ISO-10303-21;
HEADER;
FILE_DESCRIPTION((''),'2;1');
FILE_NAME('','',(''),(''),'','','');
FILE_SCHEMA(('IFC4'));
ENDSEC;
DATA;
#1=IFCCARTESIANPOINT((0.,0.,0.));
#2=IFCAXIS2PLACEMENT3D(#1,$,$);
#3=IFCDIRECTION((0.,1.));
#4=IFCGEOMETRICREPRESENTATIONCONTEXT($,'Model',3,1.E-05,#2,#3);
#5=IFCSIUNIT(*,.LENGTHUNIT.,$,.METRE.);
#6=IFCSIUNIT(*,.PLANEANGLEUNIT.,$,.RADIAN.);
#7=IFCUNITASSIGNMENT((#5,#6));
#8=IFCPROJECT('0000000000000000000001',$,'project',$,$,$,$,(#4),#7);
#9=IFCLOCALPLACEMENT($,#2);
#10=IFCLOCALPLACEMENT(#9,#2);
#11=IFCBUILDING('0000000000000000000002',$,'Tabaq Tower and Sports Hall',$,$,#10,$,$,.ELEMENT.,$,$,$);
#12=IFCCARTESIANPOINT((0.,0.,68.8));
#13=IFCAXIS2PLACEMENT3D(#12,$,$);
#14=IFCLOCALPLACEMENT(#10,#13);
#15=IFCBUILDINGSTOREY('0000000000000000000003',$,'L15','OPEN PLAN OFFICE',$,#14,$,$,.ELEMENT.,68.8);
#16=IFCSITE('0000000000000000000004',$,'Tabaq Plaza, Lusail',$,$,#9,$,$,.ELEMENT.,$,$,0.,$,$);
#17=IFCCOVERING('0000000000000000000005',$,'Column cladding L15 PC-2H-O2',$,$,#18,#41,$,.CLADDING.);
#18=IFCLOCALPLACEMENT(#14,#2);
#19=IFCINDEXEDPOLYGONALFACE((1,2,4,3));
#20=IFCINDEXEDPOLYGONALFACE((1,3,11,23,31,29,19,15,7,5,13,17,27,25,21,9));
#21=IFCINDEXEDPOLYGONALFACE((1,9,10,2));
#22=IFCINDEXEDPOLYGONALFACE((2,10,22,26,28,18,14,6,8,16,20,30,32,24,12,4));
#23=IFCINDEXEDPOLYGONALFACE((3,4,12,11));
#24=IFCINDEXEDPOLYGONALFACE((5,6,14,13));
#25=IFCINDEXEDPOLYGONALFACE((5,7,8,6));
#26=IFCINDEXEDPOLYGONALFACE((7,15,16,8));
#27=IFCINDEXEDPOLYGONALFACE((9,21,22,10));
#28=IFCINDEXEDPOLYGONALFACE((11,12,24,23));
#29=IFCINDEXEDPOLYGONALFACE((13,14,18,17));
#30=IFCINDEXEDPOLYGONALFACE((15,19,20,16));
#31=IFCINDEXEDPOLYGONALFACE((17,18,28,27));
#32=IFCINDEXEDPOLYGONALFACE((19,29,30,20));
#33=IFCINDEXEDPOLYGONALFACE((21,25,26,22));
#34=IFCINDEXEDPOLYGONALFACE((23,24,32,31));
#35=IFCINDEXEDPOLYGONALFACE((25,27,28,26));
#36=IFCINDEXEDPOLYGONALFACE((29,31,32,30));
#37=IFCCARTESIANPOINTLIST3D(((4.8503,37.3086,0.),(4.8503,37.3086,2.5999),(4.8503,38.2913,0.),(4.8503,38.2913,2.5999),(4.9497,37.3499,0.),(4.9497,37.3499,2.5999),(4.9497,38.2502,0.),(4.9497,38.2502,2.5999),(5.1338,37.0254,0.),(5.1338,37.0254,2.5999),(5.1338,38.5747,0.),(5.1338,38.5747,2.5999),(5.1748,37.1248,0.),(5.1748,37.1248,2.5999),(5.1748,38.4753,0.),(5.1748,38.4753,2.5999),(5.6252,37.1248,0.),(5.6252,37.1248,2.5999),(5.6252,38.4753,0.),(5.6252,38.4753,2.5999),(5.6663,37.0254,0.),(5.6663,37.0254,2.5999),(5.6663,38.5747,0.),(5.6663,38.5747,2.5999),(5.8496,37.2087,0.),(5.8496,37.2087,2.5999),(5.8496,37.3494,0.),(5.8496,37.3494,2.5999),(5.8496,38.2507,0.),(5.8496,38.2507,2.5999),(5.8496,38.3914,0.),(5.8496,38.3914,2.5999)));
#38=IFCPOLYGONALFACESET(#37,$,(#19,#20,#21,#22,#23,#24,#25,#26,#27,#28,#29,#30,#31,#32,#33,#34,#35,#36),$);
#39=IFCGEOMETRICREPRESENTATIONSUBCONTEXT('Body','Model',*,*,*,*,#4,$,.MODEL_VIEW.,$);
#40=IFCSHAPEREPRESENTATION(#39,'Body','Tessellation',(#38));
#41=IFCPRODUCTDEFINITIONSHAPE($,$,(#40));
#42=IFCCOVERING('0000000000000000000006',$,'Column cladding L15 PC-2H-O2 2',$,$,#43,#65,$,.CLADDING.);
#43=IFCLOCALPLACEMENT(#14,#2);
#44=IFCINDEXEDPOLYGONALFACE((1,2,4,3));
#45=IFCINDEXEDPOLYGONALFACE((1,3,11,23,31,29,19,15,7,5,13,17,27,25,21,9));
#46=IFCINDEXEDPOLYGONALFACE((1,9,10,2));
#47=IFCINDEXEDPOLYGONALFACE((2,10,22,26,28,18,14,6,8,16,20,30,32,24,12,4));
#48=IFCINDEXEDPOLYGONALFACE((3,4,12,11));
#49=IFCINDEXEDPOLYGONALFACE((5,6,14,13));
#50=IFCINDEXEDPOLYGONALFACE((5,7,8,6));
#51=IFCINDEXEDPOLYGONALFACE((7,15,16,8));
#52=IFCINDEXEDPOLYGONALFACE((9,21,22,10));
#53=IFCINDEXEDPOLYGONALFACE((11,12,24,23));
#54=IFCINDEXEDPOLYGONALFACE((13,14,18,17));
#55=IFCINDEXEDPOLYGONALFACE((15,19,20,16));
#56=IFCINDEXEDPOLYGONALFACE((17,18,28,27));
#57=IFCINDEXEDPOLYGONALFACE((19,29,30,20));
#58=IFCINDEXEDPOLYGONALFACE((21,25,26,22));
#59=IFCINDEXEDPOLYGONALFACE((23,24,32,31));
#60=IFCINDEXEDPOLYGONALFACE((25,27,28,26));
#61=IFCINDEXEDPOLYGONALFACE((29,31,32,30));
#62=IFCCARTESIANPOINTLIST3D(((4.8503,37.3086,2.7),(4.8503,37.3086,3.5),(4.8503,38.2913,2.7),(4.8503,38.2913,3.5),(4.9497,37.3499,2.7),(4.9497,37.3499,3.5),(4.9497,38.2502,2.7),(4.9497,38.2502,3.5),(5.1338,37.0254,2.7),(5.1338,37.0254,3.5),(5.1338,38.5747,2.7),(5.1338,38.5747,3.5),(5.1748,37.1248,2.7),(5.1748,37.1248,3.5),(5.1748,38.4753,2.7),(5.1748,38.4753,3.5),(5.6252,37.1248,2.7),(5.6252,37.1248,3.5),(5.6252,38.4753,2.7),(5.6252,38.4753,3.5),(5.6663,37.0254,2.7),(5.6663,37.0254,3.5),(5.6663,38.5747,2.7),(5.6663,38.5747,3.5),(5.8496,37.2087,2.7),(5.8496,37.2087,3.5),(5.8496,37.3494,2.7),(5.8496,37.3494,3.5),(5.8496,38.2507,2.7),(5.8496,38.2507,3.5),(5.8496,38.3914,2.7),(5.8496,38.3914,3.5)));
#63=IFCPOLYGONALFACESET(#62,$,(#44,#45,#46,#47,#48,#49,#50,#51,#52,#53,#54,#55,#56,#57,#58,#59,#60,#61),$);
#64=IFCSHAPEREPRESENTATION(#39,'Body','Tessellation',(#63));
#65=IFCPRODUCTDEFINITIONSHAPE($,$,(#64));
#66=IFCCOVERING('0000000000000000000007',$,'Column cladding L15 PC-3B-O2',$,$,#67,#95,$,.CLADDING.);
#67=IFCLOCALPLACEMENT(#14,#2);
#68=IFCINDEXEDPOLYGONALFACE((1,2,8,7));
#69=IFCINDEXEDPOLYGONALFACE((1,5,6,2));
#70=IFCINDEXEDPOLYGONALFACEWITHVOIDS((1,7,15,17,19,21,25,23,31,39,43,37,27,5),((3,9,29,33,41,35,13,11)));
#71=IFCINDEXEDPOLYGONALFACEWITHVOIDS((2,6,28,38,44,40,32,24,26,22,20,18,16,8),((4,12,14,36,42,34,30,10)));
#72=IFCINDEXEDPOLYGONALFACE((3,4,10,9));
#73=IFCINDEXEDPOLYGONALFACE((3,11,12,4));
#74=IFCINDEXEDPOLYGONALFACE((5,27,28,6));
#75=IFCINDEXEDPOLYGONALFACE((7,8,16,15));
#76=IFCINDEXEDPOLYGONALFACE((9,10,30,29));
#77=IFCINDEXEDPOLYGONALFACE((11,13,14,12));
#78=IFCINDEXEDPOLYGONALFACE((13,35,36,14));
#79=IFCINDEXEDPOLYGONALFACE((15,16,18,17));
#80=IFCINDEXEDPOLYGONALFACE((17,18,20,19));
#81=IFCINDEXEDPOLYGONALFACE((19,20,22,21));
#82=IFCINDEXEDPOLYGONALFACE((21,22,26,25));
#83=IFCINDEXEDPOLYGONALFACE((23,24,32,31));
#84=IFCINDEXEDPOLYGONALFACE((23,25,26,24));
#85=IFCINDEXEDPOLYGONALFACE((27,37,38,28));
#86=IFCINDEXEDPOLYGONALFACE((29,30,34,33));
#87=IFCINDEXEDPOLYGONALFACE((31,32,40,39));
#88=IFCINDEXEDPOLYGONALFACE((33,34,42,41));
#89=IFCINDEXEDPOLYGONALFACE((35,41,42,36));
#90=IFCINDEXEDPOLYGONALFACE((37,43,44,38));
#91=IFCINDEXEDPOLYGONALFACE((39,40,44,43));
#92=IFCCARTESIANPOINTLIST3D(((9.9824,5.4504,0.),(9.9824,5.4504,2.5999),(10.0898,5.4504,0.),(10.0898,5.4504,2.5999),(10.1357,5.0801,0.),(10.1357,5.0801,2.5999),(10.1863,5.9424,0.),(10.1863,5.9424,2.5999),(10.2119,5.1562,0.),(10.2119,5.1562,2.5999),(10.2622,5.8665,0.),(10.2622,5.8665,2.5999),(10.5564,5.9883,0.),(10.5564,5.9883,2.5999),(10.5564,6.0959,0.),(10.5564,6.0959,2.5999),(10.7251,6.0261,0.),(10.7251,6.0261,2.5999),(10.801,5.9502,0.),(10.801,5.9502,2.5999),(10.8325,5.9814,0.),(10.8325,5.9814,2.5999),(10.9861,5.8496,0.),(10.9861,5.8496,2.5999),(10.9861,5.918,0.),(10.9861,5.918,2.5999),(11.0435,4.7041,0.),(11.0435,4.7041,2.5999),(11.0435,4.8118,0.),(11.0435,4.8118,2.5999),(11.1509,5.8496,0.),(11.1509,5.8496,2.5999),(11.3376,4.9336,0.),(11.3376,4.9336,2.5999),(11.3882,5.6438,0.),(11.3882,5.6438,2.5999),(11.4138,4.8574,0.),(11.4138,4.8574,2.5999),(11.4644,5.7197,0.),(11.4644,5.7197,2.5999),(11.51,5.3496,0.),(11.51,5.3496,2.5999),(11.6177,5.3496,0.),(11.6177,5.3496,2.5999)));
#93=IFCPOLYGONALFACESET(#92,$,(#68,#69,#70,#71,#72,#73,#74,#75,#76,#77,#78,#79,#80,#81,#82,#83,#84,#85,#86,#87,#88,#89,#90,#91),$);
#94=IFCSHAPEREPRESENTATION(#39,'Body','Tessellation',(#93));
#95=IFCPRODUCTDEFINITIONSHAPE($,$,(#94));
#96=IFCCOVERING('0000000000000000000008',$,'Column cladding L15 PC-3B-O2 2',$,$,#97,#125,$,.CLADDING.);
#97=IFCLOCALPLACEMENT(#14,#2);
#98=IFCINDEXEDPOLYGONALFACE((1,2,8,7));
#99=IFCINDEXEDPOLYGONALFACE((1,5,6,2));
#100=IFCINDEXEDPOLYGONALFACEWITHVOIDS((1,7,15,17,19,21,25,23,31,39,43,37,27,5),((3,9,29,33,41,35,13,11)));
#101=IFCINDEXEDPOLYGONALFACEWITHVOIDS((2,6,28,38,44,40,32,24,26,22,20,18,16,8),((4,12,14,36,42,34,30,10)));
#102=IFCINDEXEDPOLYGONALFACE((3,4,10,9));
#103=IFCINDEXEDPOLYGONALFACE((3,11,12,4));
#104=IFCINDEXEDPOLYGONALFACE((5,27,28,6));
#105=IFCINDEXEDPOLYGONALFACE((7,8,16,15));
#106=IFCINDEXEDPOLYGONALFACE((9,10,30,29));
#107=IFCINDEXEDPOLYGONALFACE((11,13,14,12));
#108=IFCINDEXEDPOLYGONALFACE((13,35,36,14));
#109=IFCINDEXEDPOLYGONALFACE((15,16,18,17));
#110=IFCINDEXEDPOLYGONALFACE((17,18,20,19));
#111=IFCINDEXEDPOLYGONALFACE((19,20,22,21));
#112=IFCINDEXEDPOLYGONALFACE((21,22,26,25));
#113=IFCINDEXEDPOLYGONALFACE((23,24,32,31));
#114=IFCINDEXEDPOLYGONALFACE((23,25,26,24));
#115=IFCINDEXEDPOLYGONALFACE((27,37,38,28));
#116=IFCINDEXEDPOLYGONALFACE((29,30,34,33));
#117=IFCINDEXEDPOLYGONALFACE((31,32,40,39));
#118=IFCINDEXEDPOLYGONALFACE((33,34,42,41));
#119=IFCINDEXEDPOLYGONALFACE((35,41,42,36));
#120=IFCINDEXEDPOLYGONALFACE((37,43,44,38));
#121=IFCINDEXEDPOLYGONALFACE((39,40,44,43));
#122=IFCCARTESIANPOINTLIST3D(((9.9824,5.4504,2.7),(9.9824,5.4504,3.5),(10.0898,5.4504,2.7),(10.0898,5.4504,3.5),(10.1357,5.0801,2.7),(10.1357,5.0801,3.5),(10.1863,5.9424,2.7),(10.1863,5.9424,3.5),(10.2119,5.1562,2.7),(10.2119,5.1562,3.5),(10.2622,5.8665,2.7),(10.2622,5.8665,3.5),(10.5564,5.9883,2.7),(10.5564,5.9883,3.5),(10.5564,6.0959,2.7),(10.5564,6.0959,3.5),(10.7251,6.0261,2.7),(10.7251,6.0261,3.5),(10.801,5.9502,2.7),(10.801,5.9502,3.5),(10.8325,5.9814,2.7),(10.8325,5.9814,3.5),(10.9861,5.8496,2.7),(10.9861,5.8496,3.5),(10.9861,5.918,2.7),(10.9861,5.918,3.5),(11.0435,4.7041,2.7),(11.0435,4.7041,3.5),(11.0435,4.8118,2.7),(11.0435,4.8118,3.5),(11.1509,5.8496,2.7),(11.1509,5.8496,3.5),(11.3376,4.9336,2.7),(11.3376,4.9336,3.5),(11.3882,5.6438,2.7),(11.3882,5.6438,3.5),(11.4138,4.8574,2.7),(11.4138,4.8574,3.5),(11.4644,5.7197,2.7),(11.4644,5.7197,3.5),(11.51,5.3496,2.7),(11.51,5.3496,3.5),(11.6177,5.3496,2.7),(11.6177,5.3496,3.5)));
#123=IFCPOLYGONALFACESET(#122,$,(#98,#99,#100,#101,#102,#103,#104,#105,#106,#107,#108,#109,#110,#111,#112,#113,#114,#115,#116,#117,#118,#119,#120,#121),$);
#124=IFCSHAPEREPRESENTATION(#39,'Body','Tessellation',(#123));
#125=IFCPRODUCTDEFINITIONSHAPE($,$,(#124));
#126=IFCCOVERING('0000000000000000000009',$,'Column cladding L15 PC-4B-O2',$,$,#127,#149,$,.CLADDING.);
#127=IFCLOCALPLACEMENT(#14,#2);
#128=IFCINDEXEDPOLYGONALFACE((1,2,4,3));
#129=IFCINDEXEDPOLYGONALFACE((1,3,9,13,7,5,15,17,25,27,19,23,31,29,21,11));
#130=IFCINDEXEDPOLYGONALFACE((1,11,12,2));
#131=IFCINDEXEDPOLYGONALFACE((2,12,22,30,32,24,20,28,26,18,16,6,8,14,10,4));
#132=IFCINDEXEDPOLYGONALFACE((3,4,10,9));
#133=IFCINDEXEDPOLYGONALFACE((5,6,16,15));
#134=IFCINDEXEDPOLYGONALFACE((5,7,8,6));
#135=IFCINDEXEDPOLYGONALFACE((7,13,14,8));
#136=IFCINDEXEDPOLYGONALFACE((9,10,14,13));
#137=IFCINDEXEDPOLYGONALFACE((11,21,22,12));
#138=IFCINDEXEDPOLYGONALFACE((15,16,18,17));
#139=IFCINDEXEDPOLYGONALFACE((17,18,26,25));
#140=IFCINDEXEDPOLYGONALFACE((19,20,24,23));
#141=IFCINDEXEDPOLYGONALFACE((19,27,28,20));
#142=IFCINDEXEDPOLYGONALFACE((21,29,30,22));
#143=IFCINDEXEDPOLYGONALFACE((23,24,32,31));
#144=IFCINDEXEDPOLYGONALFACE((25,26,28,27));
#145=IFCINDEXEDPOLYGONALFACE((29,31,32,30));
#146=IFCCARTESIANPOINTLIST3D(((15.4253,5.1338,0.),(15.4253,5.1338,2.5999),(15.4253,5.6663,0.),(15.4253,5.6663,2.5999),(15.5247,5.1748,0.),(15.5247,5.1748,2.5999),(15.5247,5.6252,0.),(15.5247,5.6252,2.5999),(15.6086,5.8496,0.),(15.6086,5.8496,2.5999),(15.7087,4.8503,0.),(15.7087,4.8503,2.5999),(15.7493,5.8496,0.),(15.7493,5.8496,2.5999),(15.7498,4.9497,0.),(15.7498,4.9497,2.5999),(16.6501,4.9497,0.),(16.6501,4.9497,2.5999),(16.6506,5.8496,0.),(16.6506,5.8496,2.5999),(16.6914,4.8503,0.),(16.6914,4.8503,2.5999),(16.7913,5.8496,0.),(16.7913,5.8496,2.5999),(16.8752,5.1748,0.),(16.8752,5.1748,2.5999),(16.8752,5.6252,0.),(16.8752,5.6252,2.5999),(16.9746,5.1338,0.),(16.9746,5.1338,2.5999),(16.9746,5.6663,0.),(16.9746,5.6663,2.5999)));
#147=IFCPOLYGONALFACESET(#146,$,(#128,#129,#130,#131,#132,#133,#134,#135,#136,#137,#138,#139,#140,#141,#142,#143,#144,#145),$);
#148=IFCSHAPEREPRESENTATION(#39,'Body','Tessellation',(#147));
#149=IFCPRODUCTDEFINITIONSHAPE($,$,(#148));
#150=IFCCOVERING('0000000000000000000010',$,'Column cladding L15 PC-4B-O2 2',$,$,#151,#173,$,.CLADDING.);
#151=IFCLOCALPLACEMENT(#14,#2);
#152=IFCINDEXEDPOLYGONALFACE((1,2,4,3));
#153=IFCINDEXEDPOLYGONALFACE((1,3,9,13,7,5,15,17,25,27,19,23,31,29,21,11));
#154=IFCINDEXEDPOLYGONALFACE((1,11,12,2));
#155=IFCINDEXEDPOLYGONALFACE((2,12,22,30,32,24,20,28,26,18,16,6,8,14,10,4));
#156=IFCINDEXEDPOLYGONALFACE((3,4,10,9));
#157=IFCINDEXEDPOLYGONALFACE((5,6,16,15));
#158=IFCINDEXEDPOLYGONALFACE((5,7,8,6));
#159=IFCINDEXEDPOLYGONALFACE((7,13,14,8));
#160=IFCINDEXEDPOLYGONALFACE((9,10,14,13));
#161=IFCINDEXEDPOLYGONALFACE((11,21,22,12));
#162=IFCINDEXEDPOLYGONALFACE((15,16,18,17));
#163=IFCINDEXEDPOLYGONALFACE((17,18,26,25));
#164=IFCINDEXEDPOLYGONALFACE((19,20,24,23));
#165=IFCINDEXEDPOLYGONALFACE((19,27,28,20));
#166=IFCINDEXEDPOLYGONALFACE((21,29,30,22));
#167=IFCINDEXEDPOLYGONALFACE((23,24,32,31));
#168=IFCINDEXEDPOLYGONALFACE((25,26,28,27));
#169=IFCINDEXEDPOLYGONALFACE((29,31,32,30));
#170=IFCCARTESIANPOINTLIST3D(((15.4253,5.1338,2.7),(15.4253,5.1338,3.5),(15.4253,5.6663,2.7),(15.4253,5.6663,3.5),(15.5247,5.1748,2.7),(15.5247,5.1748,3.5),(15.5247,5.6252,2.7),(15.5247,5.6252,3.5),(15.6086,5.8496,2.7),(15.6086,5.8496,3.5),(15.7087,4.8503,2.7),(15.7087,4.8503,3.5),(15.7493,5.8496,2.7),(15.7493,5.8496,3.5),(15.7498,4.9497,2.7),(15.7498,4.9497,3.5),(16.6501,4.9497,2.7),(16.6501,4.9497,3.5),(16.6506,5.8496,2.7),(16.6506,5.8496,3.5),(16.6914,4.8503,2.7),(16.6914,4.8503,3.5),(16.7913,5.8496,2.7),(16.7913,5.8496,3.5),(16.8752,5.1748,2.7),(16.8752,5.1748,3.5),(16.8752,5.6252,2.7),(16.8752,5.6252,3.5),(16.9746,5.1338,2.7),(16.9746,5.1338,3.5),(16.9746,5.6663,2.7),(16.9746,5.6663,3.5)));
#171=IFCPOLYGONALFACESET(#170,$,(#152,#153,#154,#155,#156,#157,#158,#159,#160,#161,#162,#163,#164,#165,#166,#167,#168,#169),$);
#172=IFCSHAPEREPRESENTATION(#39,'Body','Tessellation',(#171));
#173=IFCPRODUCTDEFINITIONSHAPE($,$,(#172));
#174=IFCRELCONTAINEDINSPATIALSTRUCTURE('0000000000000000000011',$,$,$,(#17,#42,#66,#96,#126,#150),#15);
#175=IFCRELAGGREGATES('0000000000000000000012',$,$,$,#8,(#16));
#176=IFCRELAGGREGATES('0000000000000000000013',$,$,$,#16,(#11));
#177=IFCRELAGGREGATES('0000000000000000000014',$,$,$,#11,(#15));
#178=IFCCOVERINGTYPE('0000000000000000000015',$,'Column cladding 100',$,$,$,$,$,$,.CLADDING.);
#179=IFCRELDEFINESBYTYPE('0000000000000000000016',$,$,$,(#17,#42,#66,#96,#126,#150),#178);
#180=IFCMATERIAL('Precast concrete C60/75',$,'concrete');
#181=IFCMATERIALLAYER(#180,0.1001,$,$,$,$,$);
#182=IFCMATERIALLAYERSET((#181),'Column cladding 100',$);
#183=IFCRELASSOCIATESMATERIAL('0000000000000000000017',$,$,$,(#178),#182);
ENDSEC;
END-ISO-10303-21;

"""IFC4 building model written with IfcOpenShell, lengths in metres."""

from ifc_helpers import new_model, si_unit, direction, frame, origin, place, context, subcontext, project, spatial, polyline, outline, extrude, material, layer, layer_set, type_object, element, save


model = new_model("IFC4")

# Units and contexts
model_context = context("Model", 3, precision=1e-05, world=origin(), true_north=direction((0.0, 1.0)))
body_context = subcontext(model_context, "Body", "Model", "MODEL_VIEW")
ifc_project = project(units=[si_unit("LENGTHUNIT", "METRE"), si_unit("PLANEANGLEUNIT", "RADIAN")], contexts=[model_context])

# Site, building, storey
site_placement = place(None, origin())
site = spatial("IfcSite", under=ifc_project, at=site_placement, Name="Tabaq Plaza, Lusail", CompositionType="ELEMENT", RefElevation=0.0)
building_placement = place(site_placement, origin())
building = spatial("IfcBuilding", under=site, at=building_placement, Name="Tabaq Tower and Sports Hall", CompositionType="ELEMENT")
storey_placement = place(building_placement, frame((0.0, 0.0, 68.8)))
storey = spatial("IfcBuildingStorey", under=building, at=storey_placement, Name="L15", Description="OPEN PLAN OFFICE", CompositionType="ELEMENT", Elevation=68.8)

# Coverings
ifc_material_1 = material(Name="Precast concrete C60/75", Category="concrete")
ifc_layer_1 = layer(ifc_material_1, 0.1001)
ifc_layer_set_1 = layer_set([ifc_layer_1], Name="Column cladding 100")
covering_type = type_object("IfcCoveringType", Name="Column cladding 100", PredefinedType="CLADDING", material=ifc_layer_set_1)
covering_1_placement = place(storey_placement, origin())
element("IfcCovering", 1, at=covering_1_placement, inside=storey, type_object=covering_type, Name="Column cladding L15 PC-2H-O2", PredefinedType="CLADDING", context=body_context, shape_type="SweptSolid", body=[
    extrude(outline(polyline([(5.1338, 37.0254), (4.8503, 37.3086), (4.8503, 38.2913), (5.1338, 38.5747), (5.6663, 38.5747), (5.8496, 38.3914), (5.8496, 38.2507), (5.6252, 38.4753), (5.1748, 38.4753), (4.9497, 38.2502), (4.9497, 37.3499), (5.1748, 37.1248), (5.6252, 37.1248), (5.8496, 37.3494), (5.8496, 37.2087), (5.6663, 37.0254), (5.1338, 37.0254)])), origin(), (0.0, 0.0, 1.0), 2.5999),
])
covering_2_placement = place(storey_placement, frame((0.0, 0.0, 2.7)))
element("IfcCovering", 2, at=covering_2_placement, inside=storey, type_object=covering_type, Name="Column cladding L15 PC-2H-O2 2", PredefinedType="CLADDING", context=body_context, shape_type="SweptSolid", body=[
    extrude(outline(polyline([(5.1338, 37.0254), (4.8503, 37.3086), (4.8503, 38.2913), (5.1338, 38.5747), (5.6663, 38.5747), (5.8496, 38.3914), (5.8496, 38.2507), (5.6252, 38.4753), (5.1748, 38.4753), (4.9497, 38.2502), (4.9497, 37.3499), (5.1748, 37.1248), (5.6252, 37.1248), (5.8496, 37.3494), (5.8496, 37.2087), (5.6663, 37.0254), (5.1338, 37.0254)])), origin(), (0.0, 0.0, 1.0), 0.8),
])
covering_3_placement = place(storey_placement, origin())
element("IfcCovering", 3, at=covering_3_placement, inside=storey, type_object=covering_type, Name="Column cladding L15 PC-3B-O2", PredefinedType="CLADDING", context=body_context, shape_type="SweptSolid", body=[
    extrude(outline(polyline([(11.4138, 4.8574), (11.0435, 4.7041), (10.1357, 5.0801), (9.9824, 5.4504), (10.1863, 5.9424), (10.5564, 6.0959), (10.7251, 6.0261), (10.801, 5.9502), (10.8325, 5.9814), (10.9861, 5.918), (10.9861, 5.8496), (11.1509, 5.8496), (11.4644, 5.7197), (11.6177, 5.3496), (11.4138, 4.8574)]), holes=[polyline([(10.2622, 5.8665), (10.0898, 5.4504), (10.2119, 5.1562), (11.0435, 4.8118), (11.3376, 4.9336), (11.51, 5.3496), (11.3882, 5.6438), (10.5564, 5.9883), (10.2622, 5.8665)])]), origin(), (0.0, 0.0, 1.0), 2.5999),
])
covering_4_placement = place(storey_placement, frame((0.0, 0.0, 2.7)))
element("IfcCovering", 4, at=covering_4_placement, inside=storey, type_object=covering_type, Name="Column cladding L15 PC-3B-O2 2", PredefinedType="CLADDING", context=body_context, shape_type="SweptSolid", body=[
    extrude(outline(polyline([(11.4138, 4.8574), (11.0435, 4.7041), (10.1357, 5.0801), (9.9824, 5.4504), (10.1863, 5.9424), (10.5564, 6.0959), (10.7251, 6.0261), (10.801, 5.9502), (10.8325, 5.9814), (10.9861, 5.918), (10.9861, 5.8496), (11.1509, 5.8496), (11.4644, 5.7197), (11.6177, 5.3496), (11.4138, 4.8574)]), holes=[polyline([(10.2622, 5.8665), (10.0898, 5.4504), (10.2119, 5.1562), (11.0435, 4.8118), (11.3376, 4.9336), (11.51, 5.3496), (11.3882, 5.6438), (10.5564, 5.9883), (10.2622, 5.8665)])]), origin(), (0.0, 0.0, 1.0), 0.8),
])
covering_5_placement = place(storey_placement, origin())
element("IfcCovering", 5, at=covering_5_placement, inside=storey, type_object=covering_type, Name="Column cladding L15 PC-4B-O2", PredefinedType="CLADDING", context=body_context, shape_type="SweptSolid", body=[
    extrude(outline(polyline([(15.4253, 5.6663), (15.6086, 5.8496), (15.7493, 5.8496), (15.5247, 5.6252), (15.5247, 5.1748), (15.7498, 4.9497), (16.6501, 4.9497), (16.8752, 5.1748), (16.8752, 5.6252), (16.6506, 5.8496), (16.7913, 5.8496), (16.9746, 5.6663), (16.9746, 5.1338), (16.6914, 4.8503), (15.7087, 4.8503), (15.4253, 5.1338), (15.4253, 5.6663)])), origin(), (0.0, 0.0, 1.0), 2.5999),
])
covering_6_placement = place(storey_placement, frame((0.0, 0.0, 2.7)))
element("IfcCovering", 6, at=covering_6_placement, inside=storey, type_object=covering_type, Name="Column cladding L15 PC-4B-O2 2", PredefinedType="CLADDING", context=body_context, shape_type="SweptSolid", body=[
    extrude(outline(polyline([(15.4253, 5.6663), (15.6086, 5.8496), (15.7493, 5.8496), (15.5247, 5.6252), (15.5247, 5.1748), (15.7498, 4.9497), (16.6501, 4.9497), (16.8752, 5.1748), (16.8752, 5.6252), (16.6506, 5.8496), (16.7913, 5.8496), (16.9746, 5.6663), (16.9746, 5.1338), (16.6914, 4.8503), (15.7087, 4.8503), (15.4253, 5.1338), (15.4253, 5.6663)])), origin(), (0.0, 0.0, 1.0), 0.8),
])

save(model, "model.ifc")
